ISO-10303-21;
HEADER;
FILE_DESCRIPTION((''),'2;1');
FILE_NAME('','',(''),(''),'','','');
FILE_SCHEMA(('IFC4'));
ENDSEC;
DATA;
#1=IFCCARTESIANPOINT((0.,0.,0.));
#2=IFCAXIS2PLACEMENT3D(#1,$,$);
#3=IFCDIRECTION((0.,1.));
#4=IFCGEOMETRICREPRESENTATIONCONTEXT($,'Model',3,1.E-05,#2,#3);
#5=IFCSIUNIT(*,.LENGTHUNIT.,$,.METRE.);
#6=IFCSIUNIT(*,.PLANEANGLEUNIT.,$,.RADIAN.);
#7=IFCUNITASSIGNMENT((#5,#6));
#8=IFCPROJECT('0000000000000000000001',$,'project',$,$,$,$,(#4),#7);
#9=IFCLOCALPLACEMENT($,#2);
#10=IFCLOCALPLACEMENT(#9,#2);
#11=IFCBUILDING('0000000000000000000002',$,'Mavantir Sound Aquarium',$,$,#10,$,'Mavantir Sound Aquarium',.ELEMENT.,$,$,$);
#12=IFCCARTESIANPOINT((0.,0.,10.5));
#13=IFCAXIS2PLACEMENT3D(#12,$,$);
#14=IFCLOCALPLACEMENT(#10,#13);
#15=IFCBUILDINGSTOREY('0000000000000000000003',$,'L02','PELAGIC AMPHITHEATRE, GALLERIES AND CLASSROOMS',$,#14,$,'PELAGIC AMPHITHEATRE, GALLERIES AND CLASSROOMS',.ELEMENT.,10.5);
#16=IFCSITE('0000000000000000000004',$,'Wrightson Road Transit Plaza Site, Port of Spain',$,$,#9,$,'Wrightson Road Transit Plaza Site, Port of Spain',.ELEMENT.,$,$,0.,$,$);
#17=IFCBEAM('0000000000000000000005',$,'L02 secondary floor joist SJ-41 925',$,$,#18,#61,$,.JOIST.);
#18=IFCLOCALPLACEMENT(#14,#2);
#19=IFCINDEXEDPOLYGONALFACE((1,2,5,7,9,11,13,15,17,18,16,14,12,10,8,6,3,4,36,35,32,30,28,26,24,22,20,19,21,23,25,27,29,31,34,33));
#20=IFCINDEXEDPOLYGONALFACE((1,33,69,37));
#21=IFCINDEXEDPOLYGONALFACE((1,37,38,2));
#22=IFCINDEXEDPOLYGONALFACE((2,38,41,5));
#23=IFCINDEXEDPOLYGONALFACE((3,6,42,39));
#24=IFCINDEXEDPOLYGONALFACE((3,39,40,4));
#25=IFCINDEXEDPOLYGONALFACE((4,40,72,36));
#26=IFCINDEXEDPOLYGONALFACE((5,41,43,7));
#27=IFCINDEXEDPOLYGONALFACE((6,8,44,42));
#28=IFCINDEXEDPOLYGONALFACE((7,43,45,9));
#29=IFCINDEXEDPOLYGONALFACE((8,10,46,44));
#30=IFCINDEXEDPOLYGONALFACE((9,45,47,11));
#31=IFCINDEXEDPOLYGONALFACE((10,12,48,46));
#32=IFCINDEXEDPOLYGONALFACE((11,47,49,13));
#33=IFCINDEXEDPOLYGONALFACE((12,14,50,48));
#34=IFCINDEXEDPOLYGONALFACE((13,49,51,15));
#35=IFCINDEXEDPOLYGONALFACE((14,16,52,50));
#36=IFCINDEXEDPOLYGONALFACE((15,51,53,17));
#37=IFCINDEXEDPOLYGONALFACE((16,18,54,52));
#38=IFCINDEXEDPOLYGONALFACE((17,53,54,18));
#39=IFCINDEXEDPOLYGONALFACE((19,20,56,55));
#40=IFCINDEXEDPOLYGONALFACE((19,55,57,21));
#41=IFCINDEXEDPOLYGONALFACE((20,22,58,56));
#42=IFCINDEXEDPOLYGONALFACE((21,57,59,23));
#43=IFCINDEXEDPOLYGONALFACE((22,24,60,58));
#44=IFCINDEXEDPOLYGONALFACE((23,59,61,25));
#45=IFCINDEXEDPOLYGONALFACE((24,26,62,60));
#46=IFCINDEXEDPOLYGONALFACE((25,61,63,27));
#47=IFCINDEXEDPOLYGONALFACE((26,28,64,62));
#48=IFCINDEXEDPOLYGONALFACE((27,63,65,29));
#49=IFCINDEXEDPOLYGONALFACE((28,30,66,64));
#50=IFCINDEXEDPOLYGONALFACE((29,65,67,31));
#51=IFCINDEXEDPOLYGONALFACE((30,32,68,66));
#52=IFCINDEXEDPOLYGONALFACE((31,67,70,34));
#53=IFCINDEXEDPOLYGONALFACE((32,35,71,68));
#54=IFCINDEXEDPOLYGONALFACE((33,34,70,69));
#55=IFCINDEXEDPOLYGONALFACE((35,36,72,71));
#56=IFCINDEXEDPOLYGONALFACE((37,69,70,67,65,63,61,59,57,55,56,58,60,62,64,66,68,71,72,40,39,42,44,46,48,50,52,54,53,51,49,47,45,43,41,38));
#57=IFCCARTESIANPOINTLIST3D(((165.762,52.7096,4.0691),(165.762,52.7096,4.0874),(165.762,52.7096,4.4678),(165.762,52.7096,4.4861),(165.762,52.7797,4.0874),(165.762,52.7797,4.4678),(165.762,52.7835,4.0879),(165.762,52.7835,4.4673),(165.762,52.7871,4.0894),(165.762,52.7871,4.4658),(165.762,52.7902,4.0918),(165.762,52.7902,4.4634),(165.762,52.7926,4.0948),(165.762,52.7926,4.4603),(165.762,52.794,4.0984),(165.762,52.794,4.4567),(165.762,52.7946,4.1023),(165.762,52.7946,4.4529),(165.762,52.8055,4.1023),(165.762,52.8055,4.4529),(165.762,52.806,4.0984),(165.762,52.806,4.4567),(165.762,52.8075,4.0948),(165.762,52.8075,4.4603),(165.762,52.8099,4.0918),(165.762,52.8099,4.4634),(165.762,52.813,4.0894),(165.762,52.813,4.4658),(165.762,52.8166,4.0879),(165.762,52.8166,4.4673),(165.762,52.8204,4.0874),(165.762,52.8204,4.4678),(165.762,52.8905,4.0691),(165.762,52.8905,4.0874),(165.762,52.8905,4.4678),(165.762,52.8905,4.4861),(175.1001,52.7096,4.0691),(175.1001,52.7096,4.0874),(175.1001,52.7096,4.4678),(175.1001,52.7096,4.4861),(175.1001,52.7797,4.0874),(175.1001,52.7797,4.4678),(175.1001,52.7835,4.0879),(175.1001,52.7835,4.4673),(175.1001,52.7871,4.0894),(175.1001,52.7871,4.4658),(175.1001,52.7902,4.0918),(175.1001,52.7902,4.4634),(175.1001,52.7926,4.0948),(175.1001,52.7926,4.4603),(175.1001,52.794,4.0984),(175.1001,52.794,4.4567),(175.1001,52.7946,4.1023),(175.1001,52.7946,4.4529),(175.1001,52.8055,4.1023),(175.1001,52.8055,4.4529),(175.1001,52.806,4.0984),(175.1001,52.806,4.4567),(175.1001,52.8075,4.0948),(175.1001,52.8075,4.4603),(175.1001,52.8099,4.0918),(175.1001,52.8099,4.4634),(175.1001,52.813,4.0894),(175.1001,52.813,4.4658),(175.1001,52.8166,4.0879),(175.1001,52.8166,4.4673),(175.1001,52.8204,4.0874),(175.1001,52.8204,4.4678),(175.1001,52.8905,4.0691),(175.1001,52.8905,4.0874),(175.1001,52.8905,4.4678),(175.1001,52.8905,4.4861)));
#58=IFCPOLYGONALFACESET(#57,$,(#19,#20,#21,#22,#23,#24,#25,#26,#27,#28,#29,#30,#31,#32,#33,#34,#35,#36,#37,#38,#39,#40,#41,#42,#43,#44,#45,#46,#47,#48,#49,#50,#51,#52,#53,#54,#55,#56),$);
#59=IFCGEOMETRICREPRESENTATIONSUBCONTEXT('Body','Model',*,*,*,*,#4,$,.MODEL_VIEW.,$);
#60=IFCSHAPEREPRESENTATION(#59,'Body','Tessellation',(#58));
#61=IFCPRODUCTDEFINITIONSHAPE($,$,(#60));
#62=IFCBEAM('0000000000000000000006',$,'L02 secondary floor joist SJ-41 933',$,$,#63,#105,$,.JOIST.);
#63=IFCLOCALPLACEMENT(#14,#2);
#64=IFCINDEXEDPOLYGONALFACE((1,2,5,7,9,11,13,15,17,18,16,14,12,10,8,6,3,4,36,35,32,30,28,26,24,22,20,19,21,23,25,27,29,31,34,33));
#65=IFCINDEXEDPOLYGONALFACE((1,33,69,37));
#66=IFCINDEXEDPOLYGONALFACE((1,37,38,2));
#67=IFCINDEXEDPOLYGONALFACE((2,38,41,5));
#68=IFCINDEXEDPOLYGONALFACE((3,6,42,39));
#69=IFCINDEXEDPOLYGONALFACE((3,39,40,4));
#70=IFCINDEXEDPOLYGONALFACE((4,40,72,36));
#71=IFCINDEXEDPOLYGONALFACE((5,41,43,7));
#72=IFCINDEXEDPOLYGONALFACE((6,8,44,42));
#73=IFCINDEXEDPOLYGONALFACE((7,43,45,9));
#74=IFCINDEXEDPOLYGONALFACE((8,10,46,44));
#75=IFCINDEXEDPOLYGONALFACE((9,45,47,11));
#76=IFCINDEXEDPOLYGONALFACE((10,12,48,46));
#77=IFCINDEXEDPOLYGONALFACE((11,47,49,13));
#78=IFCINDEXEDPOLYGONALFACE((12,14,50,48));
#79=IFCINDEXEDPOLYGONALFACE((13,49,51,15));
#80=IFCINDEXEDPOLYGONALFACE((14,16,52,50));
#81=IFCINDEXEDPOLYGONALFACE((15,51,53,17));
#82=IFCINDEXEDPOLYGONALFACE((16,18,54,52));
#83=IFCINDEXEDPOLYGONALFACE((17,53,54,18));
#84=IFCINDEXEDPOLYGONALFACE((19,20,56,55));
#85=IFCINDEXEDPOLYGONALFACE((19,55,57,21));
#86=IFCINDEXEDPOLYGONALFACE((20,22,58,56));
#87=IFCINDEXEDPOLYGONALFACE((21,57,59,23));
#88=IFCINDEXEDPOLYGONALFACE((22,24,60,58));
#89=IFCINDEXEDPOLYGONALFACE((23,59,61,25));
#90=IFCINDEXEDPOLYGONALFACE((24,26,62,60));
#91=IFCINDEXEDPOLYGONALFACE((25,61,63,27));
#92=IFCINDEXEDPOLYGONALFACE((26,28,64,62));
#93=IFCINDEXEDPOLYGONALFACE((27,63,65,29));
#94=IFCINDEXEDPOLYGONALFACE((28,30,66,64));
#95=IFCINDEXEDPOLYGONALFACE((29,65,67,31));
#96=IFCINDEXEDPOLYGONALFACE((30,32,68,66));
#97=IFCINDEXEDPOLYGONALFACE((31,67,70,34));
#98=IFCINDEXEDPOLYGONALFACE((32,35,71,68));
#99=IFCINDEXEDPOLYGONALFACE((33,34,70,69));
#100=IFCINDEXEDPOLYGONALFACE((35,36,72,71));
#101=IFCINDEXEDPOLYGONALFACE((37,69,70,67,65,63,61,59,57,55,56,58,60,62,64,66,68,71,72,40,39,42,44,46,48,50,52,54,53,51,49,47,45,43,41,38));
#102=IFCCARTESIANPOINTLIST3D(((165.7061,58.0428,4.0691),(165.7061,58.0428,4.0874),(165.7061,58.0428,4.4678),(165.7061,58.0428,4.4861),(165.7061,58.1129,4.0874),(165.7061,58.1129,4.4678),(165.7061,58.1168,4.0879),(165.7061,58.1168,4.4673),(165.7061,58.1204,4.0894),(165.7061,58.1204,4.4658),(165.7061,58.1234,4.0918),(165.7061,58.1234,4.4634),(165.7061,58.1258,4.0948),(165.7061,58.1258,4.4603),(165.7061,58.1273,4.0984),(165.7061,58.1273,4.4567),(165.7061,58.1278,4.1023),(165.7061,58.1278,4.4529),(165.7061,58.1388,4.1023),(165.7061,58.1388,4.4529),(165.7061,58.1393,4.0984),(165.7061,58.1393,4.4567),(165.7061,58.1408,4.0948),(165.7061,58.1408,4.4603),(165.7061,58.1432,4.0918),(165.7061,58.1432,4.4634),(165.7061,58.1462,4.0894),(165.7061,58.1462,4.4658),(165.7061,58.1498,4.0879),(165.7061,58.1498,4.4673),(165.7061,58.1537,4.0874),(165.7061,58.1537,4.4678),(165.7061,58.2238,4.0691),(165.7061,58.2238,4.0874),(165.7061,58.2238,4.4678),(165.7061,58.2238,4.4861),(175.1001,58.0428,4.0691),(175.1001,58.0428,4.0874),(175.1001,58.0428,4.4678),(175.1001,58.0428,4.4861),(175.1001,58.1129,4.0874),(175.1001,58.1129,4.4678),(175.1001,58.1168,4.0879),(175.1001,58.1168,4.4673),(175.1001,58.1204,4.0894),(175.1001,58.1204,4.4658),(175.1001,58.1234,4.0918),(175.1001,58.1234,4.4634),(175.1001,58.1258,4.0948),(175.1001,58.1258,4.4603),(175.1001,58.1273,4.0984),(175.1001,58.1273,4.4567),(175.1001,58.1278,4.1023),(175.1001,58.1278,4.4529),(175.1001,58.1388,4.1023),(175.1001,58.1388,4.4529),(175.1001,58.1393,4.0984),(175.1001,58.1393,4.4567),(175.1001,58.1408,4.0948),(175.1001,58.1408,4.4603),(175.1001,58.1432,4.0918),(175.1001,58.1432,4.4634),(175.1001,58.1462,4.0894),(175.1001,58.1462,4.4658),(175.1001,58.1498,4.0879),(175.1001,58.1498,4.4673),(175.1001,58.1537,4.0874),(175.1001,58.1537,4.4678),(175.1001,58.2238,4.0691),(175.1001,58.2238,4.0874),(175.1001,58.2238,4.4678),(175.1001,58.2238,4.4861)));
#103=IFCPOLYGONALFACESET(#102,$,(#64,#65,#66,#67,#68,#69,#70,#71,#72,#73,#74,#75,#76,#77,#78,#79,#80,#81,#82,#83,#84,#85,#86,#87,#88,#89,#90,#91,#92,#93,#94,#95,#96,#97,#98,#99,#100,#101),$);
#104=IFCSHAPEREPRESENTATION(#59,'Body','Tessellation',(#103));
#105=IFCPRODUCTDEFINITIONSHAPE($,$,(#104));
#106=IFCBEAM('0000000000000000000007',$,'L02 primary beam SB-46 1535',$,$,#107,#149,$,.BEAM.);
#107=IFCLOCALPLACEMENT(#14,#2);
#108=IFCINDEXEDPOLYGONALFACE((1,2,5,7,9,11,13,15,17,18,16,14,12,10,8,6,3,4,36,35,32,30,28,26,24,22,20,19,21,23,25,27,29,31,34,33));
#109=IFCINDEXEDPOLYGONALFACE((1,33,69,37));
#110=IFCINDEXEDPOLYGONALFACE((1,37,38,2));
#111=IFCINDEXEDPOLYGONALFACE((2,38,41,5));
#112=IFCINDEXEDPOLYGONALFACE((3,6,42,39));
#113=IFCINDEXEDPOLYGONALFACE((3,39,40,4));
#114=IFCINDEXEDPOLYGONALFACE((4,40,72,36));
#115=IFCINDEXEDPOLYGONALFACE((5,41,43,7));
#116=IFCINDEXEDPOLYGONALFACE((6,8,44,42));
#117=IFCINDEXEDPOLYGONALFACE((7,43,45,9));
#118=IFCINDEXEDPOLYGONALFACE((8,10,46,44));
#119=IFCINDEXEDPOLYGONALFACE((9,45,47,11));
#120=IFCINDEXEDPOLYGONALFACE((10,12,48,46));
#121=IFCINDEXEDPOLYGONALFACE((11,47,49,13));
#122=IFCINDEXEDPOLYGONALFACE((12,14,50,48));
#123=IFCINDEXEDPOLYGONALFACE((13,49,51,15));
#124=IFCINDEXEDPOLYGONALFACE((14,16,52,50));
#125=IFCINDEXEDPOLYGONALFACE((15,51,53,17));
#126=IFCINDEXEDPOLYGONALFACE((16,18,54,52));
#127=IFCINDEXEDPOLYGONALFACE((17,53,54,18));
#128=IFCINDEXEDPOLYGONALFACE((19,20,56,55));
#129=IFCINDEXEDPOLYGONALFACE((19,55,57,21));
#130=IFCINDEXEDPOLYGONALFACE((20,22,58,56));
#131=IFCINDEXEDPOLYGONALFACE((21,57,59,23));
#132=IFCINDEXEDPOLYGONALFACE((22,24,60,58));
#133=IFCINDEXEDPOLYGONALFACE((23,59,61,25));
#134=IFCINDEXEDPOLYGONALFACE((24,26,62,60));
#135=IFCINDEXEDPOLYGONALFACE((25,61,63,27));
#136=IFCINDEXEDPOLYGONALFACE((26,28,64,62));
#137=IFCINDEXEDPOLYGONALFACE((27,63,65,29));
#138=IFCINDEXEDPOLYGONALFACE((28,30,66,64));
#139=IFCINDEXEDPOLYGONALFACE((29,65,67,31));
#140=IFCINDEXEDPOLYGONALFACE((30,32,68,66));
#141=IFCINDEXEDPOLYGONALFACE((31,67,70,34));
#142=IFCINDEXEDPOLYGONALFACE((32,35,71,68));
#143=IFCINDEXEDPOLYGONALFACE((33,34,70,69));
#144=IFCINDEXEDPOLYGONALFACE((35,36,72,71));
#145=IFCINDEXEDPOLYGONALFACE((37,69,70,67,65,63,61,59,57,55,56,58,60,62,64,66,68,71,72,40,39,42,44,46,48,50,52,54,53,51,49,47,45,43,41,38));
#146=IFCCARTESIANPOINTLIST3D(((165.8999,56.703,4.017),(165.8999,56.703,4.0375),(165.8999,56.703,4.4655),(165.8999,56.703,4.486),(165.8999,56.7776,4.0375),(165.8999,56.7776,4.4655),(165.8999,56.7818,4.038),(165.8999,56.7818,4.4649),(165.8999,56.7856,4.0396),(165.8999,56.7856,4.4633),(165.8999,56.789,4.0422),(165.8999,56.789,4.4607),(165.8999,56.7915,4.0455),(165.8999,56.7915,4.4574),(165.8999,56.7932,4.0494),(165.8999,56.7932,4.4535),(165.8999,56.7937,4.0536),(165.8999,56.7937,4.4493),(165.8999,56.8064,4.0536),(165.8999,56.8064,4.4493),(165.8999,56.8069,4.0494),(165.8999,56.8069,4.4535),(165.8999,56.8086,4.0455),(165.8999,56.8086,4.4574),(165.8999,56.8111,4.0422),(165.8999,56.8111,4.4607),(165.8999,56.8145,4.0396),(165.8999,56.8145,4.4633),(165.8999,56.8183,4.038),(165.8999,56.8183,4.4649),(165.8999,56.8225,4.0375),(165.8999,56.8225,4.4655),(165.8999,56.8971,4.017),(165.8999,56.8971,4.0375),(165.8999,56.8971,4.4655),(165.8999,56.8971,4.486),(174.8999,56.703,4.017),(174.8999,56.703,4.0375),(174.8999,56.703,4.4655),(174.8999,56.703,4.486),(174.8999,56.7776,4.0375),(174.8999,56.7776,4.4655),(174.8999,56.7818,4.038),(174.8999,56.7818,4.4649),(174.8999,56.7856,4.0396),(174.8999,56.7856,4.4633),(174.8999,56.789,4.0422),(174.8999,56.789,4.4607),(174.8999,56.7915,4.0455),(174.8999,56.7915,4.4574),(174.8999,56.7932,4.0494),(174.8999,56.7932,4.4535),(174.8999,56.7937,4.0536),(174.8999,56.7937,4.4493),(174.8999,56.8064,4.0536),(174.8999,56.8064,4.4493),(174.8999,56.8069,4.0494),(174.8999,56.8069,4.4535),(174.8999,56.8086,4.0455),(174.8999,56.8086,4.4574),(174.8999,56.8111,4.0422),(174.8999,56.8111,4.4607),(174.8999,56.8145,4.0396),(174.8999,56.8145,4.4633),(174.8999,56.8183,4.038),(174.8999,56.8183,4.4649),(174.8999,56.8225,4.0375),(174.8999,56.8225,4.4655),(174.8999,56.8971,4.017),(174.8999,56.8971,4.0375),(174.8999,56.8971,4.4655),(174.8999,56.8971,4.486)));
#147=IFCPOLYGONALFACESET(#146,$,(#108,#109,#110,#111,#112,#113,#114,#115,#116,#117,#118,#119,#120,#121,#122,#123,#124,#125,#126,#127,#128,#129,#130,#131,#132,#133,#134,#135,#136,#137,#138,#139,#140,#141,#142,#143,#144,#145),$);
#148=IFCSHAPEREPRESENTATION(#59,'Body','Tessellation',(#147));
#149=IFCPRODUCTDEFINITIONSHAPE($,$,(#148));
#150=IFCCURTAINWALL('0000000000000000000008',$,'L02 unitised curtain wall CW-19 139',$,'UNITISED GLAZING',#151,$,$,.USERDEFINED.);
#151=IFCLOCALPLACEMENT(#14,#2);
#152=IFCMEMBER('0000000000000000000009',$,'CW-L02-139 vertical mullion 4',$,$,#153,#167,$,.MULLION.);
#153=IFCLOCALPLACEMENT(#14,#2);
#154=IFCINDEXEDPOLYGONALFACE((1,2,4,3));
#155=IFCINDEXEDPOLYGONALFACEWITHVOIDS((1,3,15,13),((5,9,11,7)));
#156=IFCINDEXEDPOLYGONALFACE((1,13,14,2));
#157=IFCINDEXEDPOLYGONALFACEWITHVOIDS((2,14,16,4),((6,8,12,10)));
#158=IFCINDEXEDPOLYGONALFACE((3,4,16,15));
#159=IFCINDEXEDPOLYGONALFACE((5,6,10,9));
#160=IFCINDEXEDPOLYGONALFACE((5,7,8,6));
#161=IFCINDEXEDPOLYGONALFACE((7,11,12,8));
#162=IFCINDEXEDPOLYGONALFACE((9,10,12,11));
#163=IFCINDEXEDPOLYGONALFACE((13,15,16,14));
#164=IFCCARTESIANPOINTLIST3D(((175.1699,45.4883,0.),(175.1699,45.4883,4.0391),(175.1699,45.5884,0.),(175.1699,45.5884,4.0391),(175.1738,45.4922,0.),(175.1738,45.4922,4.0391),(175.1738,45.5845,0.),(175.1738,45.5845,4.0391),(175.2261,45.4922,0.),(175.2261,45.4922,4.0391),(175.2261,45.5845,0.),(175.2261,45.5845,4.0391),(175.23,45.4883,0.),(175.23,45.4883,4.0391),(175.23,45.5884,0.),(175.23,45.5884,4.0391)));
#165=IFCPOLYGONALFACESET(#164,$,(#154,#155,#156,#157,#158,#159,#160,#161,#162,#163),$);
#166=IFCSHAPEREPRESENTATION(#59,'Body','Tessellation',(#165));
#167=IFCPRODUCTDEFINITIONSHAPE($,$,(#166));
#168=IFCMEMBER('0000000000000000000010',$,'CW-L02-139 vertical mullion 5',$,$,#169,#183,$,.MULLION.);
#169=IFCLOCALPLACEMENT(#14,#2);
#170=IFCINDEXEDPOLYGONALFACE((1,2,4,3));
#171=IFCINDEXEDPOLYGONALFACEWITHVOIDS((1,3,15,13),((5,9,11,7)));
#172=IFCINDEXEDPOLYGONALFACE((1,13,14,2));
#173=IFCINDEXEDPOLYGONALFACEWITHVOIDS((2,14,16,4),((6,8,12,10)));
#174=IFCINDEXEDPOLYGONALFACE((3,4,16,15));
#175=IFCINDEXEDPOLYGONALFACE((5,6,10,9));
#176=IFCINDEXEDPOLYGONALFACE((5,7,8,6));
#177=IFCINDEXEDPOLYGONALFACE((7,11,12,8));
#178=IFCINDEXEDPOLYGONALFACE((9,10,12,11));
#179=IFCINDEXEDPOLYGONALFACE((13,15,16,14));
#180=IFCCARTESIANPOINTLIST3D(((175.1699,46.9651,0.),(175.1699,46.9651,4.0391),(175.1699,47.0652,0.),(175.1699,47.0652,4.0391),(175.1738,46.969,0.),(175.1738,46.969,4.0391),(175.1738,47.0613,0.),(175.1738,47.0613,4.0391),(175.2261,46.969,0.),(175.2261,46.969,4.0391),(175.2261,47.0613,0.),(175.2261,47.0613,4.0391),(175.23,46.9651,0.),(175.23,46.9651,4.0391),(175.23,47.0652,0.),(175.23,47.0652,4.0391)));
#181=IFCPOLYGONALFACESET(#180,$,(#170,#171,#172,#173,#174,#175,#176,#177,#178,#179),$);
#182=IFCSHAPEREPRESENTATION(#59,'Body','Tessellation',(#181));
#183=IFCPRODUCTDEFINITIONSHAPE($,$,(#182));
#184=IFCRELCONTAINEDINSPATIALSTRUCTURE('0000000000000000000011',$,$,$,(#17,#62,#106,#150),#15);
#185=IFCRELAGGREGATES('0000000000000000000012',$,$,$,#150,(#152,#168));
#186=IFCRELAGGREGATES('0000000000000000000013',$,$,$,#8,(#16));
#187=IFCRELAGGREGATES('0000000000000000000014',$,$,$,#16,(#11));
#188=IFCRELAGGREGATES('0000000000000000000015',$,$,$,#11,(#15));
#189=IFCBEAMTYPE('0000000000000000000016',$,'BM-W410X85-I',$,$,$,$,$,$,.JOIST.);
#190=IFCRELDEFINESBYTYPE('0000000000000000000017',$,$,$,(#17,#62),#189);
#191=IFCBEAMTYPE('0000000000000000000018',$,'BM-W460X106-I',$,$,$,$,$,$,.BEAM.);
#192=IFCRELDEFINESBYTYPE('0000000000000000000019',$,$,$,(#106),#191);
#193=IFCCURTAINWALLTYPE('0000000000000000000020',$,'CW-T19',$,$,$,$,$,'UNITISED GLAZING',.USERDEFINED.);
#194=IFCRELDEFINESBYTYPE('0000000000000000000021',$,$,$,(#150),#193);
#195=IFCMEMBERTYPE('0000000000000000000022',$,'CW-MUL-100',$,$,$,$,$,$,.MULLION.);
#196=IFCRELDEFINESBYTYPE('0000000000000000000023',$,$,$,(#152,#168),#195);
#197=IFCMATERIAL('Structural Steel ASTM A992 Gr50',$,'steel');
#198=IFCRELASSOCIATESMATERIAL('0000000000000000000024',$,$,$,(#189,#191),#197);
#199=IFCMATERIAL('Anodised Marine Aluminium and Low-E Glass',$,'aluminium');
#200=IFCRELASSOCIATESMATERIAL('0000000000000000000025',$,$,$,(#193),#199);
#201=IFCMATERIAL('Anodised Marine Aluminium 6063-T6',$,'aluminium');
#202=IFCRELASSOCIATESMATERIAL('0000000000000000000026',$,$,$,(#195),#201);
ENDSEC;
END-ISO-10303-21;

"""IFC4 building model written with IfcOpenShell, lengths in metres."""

from ifc_helpers import new_model, si_unit, direction, frame, origin, origin_2d, place, context, subcontext, project, spatial, hollow_rectangle, i_section, extrude, material, material_profile, profile_set, type_object, element, aggregate, save


model = new_model("IFC4")

# Units and contexts
model_context = context("Model", 3, precision=1e-05, world=origin(), true_north=direction((0.0, 1.0)))
body_context = subcontext(model_context, "Body", "Model", "MODEL_VIEW")
ifc_project = project(units=[si_unit("LENGTHUNIT", "METRE"), si_unit("PLANEANGLEUNIT", "RADIAN")], contexts=[model_context])

# Site, building, storey
site_placement = place(None, origin())
site = spatial("IfcSite", under=ifc_project, at=site_placement, Name="Wrightson Road Transit Plaza Site, Port of Spain", LongName="Wrightson Road Transit Plaza Site, Port of Spain", CompositionType="ELEMENT", RefElevation=0.0)
building_placement = place(site_placement, origin())
building = spatial("IfcBuilding", under=site, at=building_placement, Name="Mavantir Sound Aquarium", LongName="Mavantir Sound Aquarium", CompositionType="ELEMENT")
storey_placement = place(building_placement, frame((0.0, 0.0, 10.5)))
storey = spatial("IfcBuildingStorey", under=building, at=storey_placement, Name="L02", Description="PELAGIC AMPHITHEATRE, GALLERIES AND CLASSROOMS", LongName="PELAGIC AMPHITHEATRE, GALLERIES AND CLASSROOMS", CompositionType="ELEMENT", Elevation=10.5)

# Beams
ifc_material_1 = material(Name="Structural Steel ASTM A992 Gr50", Category="steel")
ifc_material_profile_1 = material_profile(ifc_material_1, i_section(OverallWidth=0.1809, OverallDepth=0.417, WebThickness=0.011, FlangeThickness=0.0183, FilletRadius=0.0149, at=origin_2d()), Name="W410X85")
ifc_profile_set_1 = profile_set([ifc_material_profile_1], Name="Structural Steel ASTM A992 Gr50")
beam_type_1 = type_object("IfcBeamType", Name="BM-W410X85-I", PredefinedType="JOIST", material=ifc_profile_set_1)
beam_1_placement = place(storey_placement, frame((165.762, 52.8, 4.2776), z_axis=(1.0, 0.0, 0.0), x_axis=(0.0, 1.0, 0.0)))
element("IfcBeam", 1, at=beam_1_placement, inside=storey, type_object=beam_type_1, Name="L02 secondary floor joist SJ-41 925", PredefinedType="JOIST", context=body_context, shape_type="SweptSolid", body=[
    extrude(i_section(OverallWidth=0.1809, OverallDepth=0.417, WebThickness=0.011, FlangeThickness=0.0183, FilletRadius=0.0149, at=origin_2d()), origin(), (0.0, 0.0, 1.0), 9.3381),
])
beam_2_placement = place(storey_placement, frame((165.7061, 58.1333, 4.2776), z_axis=(1.0, 0.0, 0.0), x_axis=(0.0, 1.0, 0.0)))
element("IfcBeam", 2, at=beam_2_placement, inside=storey, type_object=beam_type_1, Name="L02 secondary floor joist SJ-41 933", PredefinedType="JOIST", context=body_context, shape_type="SweptSolid", body=[
    extrude(i_section(OverallWidth=0.1809, OverallDepth=0.417, WebThickness=0.011, FlangeThickness=0.0183, FilletRadius=0.0149, at=origin_2d()), origin(), (0.0, 0.0, 1.0), 9.394),
])
ifc_material_profile_2 = material_profile(ifc_material_1, i_section(OverallWidth=0.1941, OverallDepth=0.469, WebThickness=0.0127, FlangeThickness=0.0205, FilletRadius=0.0161, at=origin_2d()), Name="W460X106")
ifc_profile_set_2 = profile_set([ifc_material_profile_2], Name="Structural Steel ASTM A992 Gr50")
beam_type_2 = type_object("IfcBeamType", Name="BM-W460X106-I", PredefinedType="BEAM", material=ifc_profile_set_2)
beam_3_placement = place(storey_placement, frame((165.8999, 56.8, 4.2515), z_axis=(1.0, 0.0, 0.0), x_axis=(0.0, 1.0, 0.0)))
element("IfcBeam", 3, at=beam_3_placement, inside=storey, type_object=beam_type_2, Name="L02 primary beam SB-46 1535", PredefinedType="BEAM", context=body_context, shape_type="SweptSolid", body=[
    extrude(i_section(OverallWidth=0.1941, OverallDepth=0.469, WebThickness=0.0127, FlangeThickness=0.0205, FilletRadius=0.0161, at=origin_2d()), origin(), (0.0, 0.0, 1.0), 9.0),
])

# Curtain wall, members
ifc_material_2 = material(Name="Anodised Marine Aluminium and Low-E Glass", Category="aluminium")
curtain_wall_type = type_object("IfcCurtainWallType", Name="CW-T19", ElementType="UNITISED GLAZING", PredefinedType="USERDEFINED", material=ifc_material_2)
curtain_wall_placement = place(storey_placement, origin())
curtain_wall = element("IfcCurtainWall", 4, at=curtain_wall_placement, inside=storey, type_object=curtain_wall_type, Name="L02 unitised curtain wall CW-19 139", ObjectType="UNITISED GLAZING", PredefinedType="USERDEFINED")
ifc_material_3 = material(Name="Anodised Marine Aluminium 6063-T6", Category="aluminium")
ifc_material_profile_3 = material_profile(ifc_material_3, hollow_rectangle(XDim=0.0601, YDim=0.1001, WallThickness=0.0039, at=origin_2d()), Name="ALU-MULLION-100X60")
ifc_profile_set_3 = profile_set([ifc_material_profile_3], Name="Anodised Marine Aluminium 6063-T6")
member_type_1 = type_object("IfcMemberType", Name="CW-MUL-100", PredefinedType="MULLION", material=ifc_profile_set_3)
member_1_placement = place(storey_placement, frame((175.2, 45.5383, 0.0), z_axis=(0.0, 0.0, 1.0), x_axis=(1.0, 0.0, 0.0)))
member_1 = element("IfcMember", 5, at=member_1_placement, type_object=member_type_1, Name="CW-L02-139 vertical mullion 4", PredefinedType="MULLION", context=body_context, shape_type="SweptSolid", body=[
    extrude(hollow_rectangle(XDim=0.0601, YDim=0.1001, WallThickness=0.0039, at=origin_2d()), origin(), (0.0, 0.0, 1.0), 4.0391),
])
member_2_placement = place(storey_placement, frame((175.2, 47.0151, 0.0), z_axis=(0.0, 0.0, 1.0), x_axis=(1.0, 0.0, 0.0)))
member_2 = element("IfcMember", 6, at=member_2_placement, type_object=member_type_1, Name="CW-L02-139 vertical mullion 5", PredefinedType="MULLION", context=body_context, shape_type="SweptSolid", body=[
    extrude(hollow_rectangle(XDim=0.0601, YDim=0.1001, WallThickness=0.0039, at=origin_2d()), origin(), (0.0, 0.0, 1.0), 4.0391),
])
aggregate(curtain_wall, [member_1, member_2])

save(model, "model.ifc")
